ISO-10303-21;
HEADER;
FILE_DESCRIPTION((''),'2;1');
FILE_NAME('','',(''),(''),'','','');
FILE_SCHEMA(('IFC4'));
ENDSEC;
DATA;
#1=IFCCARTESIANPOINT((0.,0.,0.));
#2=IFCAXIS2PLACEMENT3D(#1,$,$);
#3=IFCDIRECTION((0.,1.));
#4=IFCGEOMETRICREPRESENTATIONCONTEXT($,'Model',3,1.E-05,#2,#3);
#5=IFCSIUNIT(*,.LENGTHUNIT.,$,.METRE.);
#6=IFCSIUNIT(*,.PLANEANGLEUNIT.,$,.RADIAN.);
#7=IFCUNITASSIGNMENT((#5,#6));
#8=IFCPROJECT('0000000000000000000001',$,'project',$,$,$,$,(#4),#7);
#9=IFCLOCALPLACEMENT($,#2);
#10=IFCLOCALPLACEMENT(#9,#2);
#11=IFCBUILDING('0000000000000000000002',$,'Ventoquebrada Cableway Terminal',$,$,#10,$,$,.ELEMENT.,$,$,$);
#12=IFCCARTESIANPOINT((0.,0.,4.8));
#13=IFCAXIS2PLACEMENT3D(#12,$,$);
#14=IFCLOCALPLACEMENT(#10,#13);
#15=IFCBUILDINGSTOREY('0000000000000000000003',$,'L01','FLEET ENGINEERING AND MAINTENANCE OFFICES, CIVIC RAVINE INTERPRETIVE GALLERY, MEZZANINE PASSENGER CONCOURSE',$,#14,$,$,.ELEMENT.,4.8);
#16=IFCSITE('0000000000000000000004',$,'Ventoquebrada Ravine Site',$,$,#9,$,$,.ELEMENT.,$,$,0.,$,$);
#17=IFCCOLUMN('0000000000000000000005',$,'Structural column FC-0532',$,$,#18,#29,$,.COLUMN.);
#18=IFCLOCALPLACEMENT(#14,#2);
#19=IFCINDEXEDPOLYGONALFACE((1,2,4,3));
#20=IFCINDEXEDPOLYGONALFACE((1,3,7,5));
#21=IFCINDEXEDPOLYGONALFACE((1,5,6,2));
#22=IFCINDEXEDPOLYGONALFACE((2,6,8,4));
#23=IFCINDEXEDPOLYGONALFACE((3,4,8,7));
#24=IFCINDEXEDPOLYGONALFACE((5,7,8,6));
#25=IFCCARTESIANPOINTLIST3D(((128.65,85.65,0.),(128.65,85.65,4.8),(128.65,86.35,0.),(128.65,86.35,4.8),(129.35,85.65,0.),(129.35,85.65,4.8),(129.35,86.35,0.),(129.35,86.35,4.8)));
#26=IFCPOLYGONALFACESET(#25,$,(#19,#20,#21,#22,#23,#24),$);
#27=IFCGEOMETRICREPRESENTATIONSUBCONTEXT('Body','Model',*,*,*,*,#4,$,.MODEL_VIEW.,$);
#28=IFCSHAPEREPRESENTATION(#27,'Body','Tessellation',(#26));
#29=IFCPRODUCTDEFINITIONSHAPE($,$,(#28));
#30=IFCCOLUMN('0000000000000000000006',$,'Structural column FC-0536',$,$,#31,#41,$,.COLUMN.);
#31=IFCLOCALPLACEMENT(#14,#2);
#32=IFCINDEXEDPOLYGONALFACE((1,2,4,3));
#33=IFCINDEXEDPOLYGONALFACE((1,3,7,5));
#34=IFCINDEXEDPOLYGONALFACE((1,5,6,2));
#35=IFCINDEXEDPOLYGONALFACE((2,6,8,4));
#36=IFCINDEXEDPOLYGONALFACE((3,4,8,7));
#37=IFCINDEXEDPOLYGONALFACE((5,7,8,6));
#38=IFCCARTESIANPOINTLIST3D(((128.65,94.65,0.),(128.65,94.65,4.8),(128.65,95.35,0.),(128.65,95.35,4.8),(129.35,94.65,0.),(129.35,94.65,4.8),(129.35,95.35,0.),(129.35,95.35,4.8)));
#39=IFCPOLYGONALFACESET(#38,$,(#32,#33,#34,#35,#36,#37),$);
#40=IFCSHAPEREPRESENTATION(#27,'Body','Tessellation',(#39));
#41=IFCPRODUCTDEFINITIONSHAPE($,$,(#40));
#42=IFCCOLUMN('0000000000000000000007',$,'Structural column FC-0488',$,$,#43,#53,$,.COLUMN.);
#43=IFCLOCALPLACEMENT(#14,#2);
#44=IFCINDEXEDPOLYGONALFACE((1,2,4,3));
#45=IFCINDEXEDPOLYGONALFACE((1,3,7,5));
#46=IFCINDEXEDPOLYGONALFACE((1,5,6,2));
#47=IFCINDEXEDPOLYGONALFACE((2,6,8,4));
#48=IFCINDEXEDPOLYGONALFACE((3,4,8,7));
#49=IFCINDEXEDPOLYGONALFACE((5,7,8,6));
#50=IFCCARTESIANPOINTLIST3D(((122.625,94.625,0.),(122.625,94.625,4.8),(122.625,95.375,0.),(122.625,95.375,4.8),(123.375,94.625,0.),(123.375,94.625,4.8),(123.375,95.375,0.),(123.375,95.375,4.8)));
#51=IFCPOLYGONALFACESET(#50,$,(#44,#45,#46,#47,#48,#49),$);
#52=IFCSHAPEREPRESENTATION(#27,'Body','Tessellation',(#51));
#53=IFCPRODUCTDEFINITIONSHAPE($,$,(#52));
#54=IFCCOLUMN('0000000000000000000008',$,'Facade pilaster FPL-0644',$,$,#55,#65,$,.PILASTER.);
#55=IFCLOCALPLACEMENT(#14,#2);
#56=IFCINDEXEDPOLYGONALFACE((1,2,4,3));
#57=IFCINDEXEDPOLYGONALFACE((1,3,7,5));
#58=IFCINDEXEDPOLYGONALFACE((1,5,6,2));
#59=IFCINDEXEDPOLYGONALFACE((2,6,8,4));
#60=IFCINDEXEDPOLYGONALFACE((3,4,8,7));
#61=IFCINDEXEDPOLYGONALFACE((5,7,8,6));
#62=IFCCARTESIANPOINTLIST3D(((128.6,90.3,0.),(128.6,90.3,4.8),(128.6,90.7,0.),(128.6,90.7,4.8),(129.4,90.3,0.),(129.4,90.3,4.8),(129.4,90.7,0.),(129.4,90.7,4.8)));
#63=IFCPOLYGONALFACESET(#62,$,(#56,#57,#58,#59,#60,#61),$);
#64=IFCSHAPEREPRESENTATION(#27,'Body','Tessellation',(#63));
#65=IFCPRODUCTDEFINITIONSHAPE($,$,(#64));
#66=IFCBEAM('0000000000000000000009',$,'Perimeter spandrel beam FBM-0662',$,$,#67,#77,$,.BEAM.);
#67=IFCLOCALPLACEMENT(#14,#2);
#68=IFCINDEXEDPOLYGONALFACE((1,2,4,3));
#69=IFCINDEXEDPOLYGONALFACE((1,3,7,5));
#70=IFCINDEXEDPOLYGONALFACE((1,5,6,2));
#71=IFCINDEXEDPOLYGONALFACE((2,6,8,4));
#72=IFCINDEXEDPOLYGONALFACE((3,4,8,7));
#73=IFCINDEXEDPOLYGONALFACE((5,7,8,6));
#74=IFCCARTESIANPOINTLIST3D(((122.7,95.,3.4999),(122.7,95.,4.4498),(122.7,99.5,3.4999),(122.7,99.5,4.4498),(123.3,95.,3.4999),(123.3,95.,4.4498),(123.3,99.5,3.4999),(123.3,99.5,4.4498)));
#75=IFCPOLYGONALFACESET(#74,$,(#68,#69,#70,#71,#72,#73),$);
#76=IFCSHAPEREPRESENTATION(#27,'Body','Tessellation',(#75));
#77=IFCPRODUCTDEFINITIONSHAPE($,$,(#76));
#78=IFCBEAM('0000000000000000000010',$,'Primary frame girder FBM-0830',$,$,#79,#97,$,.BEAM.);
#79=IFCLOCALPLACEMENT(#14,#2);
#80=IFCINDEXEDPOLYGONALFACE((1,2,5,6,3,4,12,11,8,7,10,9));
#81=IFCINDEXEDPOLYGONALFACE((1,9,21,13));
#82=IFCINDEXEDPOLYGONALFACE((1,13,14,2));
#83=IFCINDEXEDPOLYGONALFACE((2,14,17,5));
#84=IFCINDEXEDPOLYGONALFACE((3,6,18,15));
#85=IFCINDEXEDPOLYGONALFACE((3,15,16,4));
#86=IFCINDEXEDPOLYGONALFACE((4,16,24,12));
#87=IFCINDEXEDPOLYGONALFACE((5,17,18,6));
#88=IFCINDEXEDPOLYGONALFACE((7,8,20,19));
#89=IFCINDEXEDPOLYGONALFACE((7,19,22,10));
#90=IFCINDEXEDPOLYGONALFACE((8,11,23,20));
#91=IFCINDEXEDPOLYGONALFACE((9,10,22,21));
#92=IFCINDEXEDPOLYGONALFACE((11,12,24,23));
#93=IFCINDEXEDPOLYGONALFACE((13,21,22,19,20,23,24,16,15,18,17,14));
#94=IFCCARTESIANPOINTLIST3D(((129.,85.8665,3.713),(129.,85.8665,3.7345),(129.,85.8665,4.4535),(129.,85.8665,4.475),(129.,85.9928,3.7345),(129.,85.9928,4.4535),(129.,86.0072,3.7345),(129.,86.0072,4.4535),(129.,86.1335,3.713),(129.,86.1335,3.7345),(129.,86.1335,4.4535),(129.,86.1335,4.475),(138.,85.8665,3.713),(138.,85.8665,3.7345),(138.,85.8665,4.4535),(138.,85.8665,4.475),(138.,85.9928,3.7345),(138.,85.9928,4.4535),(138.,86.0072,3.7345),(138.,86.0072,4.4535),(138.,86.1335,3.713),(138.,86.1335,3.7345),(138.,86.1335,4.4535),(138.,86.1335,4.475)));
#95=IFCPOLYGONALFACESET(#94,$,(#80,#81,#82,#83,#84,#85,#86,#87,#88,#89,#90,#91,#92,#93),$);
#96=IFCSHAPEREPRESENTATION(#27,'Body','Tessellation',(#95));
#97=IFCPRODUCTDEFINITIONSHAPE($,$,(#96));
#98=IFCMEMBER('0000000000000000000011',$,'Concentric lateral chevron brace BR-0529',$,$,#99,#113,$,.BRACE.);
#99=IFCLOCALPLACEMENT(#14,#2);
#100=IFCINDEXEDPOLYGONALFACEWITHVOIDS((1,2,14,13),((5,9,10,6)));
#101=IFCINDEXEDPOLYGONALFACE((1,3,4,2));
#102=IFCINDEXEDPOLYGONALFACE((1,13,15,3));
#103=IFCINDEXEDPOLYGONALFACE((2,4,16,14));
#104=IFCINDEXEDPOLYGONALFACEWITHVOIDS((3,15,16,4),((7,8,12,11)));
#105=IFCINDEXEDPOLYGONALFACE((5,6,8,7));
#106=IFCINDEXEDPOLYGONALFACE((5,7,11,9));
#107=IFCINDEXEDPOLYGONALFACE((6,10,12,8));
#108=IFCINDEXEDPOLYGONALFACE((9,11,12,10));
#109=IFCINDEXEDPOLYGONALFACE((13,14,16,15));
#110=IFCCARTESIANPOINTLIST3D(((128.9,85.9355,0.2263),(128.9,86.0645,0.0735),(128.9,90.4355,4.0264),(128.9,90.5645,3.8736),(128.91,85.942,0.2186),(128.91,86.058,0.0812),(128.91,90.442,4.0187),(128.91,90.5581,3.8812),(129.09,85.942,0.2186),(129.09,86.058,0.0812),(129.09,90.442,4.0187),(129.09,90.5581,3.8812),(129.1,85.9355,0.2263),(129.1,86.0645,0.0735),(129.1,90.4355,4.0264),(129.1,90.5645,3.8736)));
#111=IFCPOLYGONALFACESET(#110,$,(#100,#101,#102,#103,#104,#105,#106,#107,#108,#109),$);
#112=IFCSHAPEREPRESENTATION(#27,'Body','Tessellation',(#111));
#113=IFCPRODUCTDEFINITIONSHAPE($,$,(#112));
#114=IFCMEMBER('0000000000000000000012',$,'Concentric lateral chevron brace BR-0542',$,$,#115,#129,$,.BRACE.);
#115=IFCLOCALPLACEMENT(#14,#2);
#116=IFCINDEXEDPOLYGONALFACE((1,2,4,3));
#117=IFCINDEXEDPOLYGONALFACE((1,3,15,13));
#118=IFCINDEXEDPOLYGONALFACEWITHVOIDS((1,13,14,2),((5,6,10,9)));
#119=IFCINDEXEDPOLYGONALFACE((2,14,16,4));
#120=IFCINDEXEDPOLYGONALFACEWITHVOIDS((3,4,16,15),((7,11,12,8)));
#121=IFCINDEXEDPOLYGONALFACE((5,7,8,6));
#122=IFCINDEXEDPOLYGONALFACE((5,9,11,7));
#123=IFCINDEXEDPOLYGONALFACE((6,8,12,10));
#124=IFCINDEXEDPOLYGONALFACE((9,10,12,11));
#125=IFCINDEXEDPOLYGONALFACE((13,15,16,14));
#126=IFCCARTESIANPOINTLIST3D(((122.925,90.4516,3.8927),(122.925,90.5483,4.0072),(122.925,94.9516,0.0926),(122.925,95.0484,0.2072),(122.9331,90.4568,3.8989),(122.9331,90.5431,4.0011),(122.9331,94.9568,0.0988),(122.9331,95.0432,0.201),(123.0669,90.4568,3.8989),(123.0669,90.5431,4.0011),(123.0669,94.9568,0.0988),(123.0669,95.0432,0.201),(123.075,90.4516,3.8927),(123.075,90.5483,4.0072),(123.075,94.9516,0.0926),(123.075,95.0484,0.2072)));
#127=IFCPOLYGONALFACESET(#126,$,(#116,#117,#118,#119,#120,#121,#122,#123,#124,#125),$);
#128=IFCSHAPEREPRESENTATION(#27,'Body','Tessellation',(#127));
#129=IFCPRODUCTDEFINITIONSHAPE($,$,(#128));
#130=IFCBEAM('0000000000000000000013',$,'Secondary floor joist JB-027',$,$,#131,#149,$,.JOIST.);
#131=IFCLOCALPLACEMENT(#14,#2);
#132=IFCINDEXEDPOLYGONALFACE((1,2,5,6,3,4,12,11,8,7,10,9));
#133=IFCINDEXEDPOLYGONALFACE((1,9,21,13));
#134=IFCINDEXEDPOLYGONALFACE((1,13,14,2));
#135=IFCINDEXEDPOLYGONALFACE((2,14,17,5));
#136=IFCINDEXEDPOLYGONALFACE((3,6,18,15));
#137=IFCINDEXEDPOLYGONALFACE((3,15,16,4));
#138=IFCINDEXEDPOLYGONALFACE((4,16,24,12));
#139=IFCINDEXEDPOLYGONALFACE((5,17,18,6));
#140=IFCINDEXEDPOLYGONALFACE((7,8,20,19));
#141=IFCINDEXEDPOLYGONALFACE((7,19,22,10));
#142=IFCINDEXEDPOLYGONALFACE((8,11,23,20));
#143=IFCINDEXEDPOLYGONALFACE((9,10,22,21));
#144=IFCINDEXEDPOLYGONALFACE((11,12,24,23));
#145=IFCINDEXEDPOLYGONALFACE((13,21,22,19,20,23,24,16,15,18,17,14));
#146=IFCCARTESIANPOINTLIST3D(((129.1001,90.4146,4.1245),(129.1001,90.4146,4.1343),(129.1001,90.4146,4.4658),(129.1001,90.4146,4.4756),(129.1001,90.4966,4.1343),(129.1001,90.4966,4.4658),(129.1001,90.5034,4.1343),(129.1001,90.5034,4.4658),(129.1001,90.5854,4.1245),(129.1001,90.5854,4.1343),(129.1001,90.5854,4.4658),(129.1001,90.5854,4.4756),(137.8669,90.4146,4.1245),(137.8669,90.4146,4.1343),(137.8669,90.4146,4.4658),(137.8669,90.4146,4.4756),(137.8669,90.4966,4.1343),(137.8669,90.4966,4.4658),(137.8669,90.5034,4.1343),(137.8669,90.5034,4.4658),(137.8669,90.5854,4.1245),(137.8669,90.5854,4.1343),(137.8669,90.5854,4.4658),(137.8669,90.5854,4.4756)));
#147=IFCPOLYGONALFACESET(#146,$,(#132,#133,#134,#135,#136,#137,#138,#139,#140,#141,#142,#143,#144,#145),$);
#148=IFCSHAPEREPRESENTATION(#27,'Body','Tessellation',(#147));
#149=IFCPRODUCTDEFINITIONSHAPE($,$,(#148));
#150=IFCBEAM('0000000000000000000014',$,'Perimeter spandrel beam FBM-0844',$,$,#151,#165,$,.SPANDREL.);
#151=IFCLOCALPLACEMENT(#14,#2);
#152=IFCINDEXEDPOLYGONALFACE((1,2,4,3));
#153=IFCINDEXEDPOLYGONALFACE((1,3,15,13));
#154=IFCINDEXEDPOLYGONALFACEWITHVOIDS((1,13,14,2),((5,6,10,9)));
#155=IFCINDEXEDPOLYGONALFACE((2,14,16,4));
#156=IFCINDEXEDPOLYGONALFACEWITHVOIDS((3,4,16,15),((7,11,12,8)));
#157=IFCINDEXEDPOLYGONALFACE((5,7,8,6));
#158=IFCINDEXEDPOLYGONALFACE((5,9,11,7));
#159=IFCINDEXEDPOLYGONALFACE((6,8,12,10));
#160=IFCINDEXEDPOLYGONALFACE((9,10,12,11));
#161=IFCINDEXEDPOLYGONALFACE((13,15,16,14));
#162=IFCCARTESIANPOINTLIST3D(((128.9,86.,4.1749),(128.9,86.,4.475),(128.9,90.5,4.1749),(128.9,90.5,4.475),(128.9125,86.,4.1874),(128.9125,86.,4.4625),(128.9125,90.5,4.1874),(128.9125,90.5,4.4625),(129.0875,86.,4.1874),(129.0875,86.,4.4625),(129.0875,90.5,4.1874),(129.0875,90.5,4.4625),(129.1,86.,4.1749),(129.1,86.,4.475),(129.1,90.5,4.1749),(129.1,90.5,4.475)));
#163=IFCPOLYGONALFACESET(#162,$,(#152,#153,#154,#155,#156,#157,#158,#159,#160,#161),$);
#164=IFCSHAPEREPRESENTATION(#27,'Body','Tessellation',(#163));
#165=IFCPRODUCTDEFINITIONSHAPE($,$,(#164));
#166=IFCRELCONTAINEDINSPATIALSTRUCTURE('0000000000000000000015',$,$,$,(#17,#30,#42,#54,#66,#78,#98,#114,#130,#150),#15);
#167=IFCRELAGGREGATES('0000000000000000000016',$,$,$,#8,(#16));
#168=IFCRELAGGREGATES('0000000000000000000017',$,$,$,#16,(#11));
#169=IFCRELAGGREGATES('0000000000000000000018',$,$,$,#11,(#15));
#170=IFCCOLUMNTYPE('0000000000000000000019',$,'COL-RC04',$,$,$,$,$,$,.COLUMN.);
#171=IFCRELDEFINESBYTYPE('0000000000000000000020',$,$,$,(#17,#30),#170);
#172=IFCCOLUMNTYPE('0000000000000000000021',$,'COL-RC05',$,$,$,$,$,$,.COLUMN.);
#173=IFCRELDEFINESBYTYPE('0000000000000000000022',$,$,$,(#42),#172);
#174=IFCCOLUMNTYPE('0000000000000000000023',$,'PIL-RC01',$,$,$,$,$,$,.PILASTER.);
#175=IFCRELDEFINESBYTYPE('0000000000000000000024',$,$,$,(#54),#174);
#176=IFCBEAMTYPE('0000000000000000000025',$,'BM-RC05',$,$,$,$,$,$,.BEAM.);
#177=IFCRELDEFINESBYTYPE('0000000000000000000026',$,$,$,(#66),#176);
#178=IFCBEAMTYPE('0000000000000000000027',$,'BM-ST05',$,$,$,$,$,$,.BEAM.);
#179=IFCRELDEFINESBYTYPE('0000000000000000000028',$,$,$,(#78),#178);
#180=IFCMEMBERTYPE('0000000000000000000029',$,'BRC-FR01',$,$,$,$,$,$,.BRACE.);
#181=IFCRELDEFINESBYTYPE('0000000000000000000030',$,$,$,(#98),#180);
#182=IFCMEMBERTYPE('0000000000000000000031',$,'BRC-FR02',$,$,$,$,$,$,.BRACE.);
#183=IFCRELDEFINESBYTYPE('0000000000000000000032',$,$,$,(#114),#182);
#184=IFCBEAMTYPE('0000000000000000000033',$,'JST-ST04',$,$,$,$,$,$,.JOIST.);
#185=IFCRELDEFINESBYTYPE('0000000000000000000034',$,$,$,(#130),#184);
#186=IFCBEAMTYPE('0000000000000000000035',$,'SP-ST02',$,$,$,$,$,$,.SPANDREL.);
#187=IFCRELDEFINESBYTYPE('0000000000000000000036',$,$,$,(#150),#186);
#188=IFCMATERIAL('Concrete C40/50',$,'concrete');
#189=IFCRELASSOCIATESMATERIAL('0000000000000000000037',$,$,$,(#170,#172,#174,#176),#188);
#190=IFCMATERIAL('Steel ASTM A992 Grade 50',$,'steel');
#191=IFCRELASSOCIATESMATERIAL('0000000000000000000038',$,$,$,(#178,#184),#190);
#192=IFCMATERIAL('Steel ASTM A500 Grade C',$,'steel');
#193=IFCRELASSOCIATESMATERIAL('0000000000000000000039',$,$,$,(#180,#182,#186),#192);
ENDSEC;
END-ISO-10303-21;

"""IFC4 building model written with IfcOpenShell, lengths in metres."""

from ifc_helpers import new_model, si_unit, direction, frame, origin, origin_2d, place, context, subcontext, project, spatial, rectangle, hollow_rectangle, i_section, extrude, material, material_profile, profile_set, type_object, element, save


model = new_model("IFC4")

# Units and contexts
model_context = context("Model", 3, precision=1e-05, world=origin(), true_north=direction((0.0, 1.0)))
body_context = subcontext(model_context, "Body", "Model", "MODEL_VIEW")
ifc_project = project(units=[si_unit("LENGTHUNIT", "METRE"), si_unit("PLANEANGLEUNIT", "RADIAN")], contexts=[model_context])

# Site, building, storey
site_placement = place(None, origin())
site = spatial("IfcSite", under=ifc_project, at=site_placement, Name="Ventoquebrada Ravine Site", CompositionType="ELEMENT", RefElevation=0.0)
building_placement = place(site_placement, origin())
building = spatial("IfcBuilding", under=site, at=building_placement, Name="Ventoquebrada Cableway Terminal", CompositionType="ELEMENT")
storey_placement = place(building_placement, frame((0.0, 0.0, 4.8)))
storey = spatial("IfcBuildingStorey", under=building, at=storey_placement, Name="L01", Description="FLEET ENGINEERING AND MAINTENANCE OFFICES, CIVIC RAVINE INTERPRETIVE GALLERY, MEZZANINE PASSENGER CONCOURSE", CompositionType="ELEMENT", Elevation=4.8)

# Columns
ifc_material_1 = material(Name="Concrete C40/50", Category="concrete")
ifc_material_profile_1 = material_profile(ifc_material_1, rectangle(XDim=0.7, YDim=0.7, at=origin_2d()), Name="RC-COL-700X700")
ifc_profile_set_1 = profile_set([ifc_material_profile_1], Name="Concrete C40/50")
column_type_1 = type_object("IfcColumnType", Name="COL-RC04", PredefinedType="COLUMN", material=ifc_profile_set_1)
for number, where, z_axis, x_axis, name in (
    (1, (129.0, 86.0, 0.0), (0.0, 0.0, 1.0), (1.0, 0.0, 0.0), "Structural column FC-0532"),
    (2, (129.0, 95.0, 0.0), (0.0, 0.0, 1.0), (1.0, 0.0, 0.0), "Structural column FC-0536"),
):
    element("IfcColumn", number, at=place(storey_placement, frame(where, z_axis=z_axis, x_axis=x_axis)), inside=storey, type_object=column_type_1, Name=name, PredefinedType="COLUMN", context=body_context, shape_type="SweptSolid", body=[
        extrude(rectangle(XDim=0.7, YDim=0.7, at=origin_2d()), origin(), (0.0, 0.0, 1.0), 4.8),
    ])
ifc_material_profile_2 = material_profile(ifc_material_1, rectangle(XDim=0.75, YDim=0.75, at=origin_2d()), Name="RC-COL-750X750")
ifc_profile_set_2 = profile_set([ifc_material_profile_2], Name="Concrete C40/50")
column_type_2 = type_object("IfcColumnType", Name="COL-RC05", PredefinedType="COLUMN", material=ifc_profile_set_2)
column_1_placement = place(storey_placement, frame((123.0, 95.0, 0.0), z_axis=(0.0, 0.0, 1.0), x_axis=(1.0, 0.0, 0.0)))
element("IfcColumn", 3, at=column_1_placement, inside=storey, type_object=column_type_2, Name="Structural column FC-0488", PredefinedType="COLUMN", context=body_context, shape_type="SweptSolid", body=[
    extrude(rectangle(XDim=0.75, YDim=0.75, at=origin_2d()), origin(), (0.0, 0.0, 1.0), 4.8),
])
ifc_material_profile_3 = material_profile(ifc_material_1, rectangle(XDim=0.3999, YDim=0.8, at=origin_2d()), Name="RC-PIL-400X800")
ifc_profile_set_3 = profile_set([ifc_material_profile_3], Name="Concrete C40/50")
column_type_3 = type_object("IfcColumnType", Name="PIL-RC01", PredefinedType="PILASTER", material=ifc_profile_set_3)
column_2_placement = place(storey_placement, frame((129.0, 90.5, 0.0), z_axis=(0.0, 0.0, 1.0), x_axis=(0.0, 1.0, 0.0)))
element("IfcColumn", 4, at=column_2_placement, inside=storey, type_object=column_type_3, Name="Facade pilaster FPL-0644", PredefinedType="PILASTER", context=body_context, shape_type="SweptSolid", body=[
    extrude(rectangle(XDim=0.3999, YDim=0.8, at=origin_2d()), origin(), (0.0, 0.0, 1.0), 4.8),
])

# Beams
ifc_material_profile_4 = material_profile(ifc_material_1, rectangle(XDim=0.6001, YDim=0.95, at=origin_2d()), Name="RC-BM-600X950")
ifc_profile_set_4 = profile_set([ifc_material_profile_4], Name="Concrete C40/50")
beam_type_1 = type_object("IfcBeamType", Name="BM-RC05", PredefinedType="BEAM", material=ifc_profile_set_4)
beam_1_placement = place(storey_placement, frame((123.0, 95.0, 3.9749), z_axis=(0.0, 1.0, 0.0), x_axis=(-1.0, 0.0, 0.0)))
element("IfcBeam", 5, at=beam_1_placement, inside=storey, type_object=beam_type_1, Name="Perimeter spandrel beam FBM-0662", PredefinedType="BEAM", context=body_context, shape_type="SweptSolid", body=[
    extrude(rectangle(XDim=0.6001, YDim=0.95, at=origin_2d()), origin(), (0.0, 0.0, 1.0), 4.5),
])
ifc_material_2 = material(Name="Steel ASTM A992 Grade 50", Category="steel")
ifc_material_profile_5 = material_profile(ifc_material_2, i_section(OverallWidth=0.2671, OverallDepth=0.762, WebThickness=0.0144, FlangeThickness=0.0215, at=origin_2d()), Name="W30X116")
ifc_profile_set_5 = profile_set([ifc_material_profile_5], Name="Steel ASTM A992 Grade 50")
beam_type_2 = type_object("IfcBeamType", Name="BM-ST05", PredefinedType="BEAM", material=ifc_profile_set_5)
beam_2_placement = place(storey_placement, frame((129.0, 86.0, 4.094), z_axis=(1.0, 0.0, 0.0), x_axis=(0.0, 1.0, 0.0)))
element("IfcBeam", 6, at=beam_2_placement, inside=storey, type_object=beam_type_2, Name="Primary frame girder FBM-0830", PredefinedType="BEAM", context=body_context, shape_type="SweptSolid", body=[
    extrude(i_section(OverallWidth=0.2671, OverallDepth=0.762, WebThickness=0.0144, FlangeThickness=0.0215, at=origin_2d()), origin(), (0.0, 0.0, 1.0), 9.0),
])

# Members
ifc_material_3 = material(Name="Steel ASTM A500 Grade C", Category="steel")
ifc_material_profile_6 = material_profile(ifc_material_3, hollow_rectangle(XDim=0.2, YDim=0.2, WallThickness=0.01, at=origin_2d()), Name="HSS200X200X10")
ifc_profile_set_6 = profile_set([ifc_material_profile_6], Name="Steel ASTM A500 Grade C")
member_type_1 = type_object("IfcMemberType", Name="BRC-FR01", PredefinedType="BRACE", material=ifc_profile_set_6)
member_1_placement = place(storey_placement, frame((129.0, 86.0, 0.1499), z_axis=(0.0, 0.764026, 0.645186), x_axis=(-1.0, 0.0, 0.0)))
element("IfcMember", 7, at=member_1_placement, inside=storey, type_object=member_type_1, Name="Concentric lateral chevron brace BR-0529", PredefinedType="BRACE", context=body_context, shape_type="SweptSolid", body=[
    extrude(hollow_rectangle(XDim=0.2, YDim=0.2, WallThickness=0.01, at=origin_2d()), origin(), (0.0, 0.0, 1.0), 5.8899),
])
ifc_material_profile_7 = material_profile(ifc_material_3, hollow_rectangle(XDim=0.1499, YDim=0.1499, WallThickness=0.0081, at=origin_2d()), Name="HSS150X150X8")
ifc_profile_set_7 = profile_set([ifc_material_profile_7], Name="Steel ASTM A500 Grade C")
member_type_2 = type_object("IfcMemberType", Name="BRC-FR02", PredefinedType="BRACE", material=ifc_profile_set_7)
member_2_placement = place(storey_placement, frame((123.0, 95.0, 0.1499), z_axis=(0.0, -0.764026, 0.645186), x_axis=(1.0, 0.0, 0.0)))
element("IfcMember", 8, at=member_2_placement, inside=storey, type_object=member_type_2, Name="Concentric lateral chevron brace BR-0542", PredefinedType="BRACE", context=body_context, shape_type="SweptSolid", body=[
    extrude(hollow_rectangle(XDim=0.1499, YDim=0.1499, WallThickness=0.0081, at=origin_2d()), origin(), (0.0, 0.0, 1.0), 5.8899),
])

# Beams
ifc_material_profile_8 = material_profile(ifc_material_2, i_section(OverallWidth=0.1709, OverallDepth=0.3511, WebThickness=0.0068, FlangeThickness=0.0098, at=origin_2d()), Name="W14X30")
ifc_profile_set_8 = profile_set([ifc_material_profile_8], Name="Steel ASTM A992 Grade 50")
beam_type_3 = type_object("IfcBeamType", Name="JST-ST04", PredefinedType="JOIST", material=ifc_profile_set_8)
beam_3_placement = place(storey_placement, frame((129.1001, 90.5, 4.3), z_axis=(1.0, 0.0, 0.0), x_axis=(0.0, 1.0, 0.0)))
element("IfcBeam", 9, at=beam_3_placement, inside=storey, type_object=beam_type_3, Name="Secondary floor joist JB-027", PredefinedType="JOIST", context=body_context, shape_type="SweptSolid", body=[
    extrude(i_section(OverallWidth=0.1709, OverallDepth=0.3511, WebThickness=0.0068, FlangeThickness=0.0098, at=origin_2d()), origin(), (0.0, 0.0, 1.0), 8.7668),
])
ifc_material_profile_9 = material_profile(ifc_material_3, hollow_rectangle(XDim=0.2, YDim=0.3, WallThickness=0.0125, at=origin_2d()), Name="RHS300X200X12.5")
ifc_profile_set_9 = profile_set([ifc_material_profile_9], Name="Steel ASTM A500 Grade C")
beam_type_4 = type_object("IfcBeamType", Name="SP-ST02", PredefinedType="SPANDREL", material=ifc_profile_set_9)
for number, where, z_axis, x_axis, name in (
    (10, (129.0, 86.0, 4.325), (0.0, 1.0, 0.0), (-1.0, 0.0, 0.0), "Perimeter spandrel beam FBM-0844"),
):
    element("IfcBeam", number, at=place(storey_placement, frame(where, z_axis=z_axis, x_axis=x_axis)), inside=storey, type_object=beam_type_4, Name=name, PredefinedType="SPANDREL", context=body_context, shape_type="SweptSolid", body=[
        extrude(hollow_rectangle(XDim=0.2, YDim=0.3, WallThickness=0.0125, at=origin_2d()), origin(), (0.0, 0.0, 1.0), 4.5),
    ])

save(model, "model.ifc")
